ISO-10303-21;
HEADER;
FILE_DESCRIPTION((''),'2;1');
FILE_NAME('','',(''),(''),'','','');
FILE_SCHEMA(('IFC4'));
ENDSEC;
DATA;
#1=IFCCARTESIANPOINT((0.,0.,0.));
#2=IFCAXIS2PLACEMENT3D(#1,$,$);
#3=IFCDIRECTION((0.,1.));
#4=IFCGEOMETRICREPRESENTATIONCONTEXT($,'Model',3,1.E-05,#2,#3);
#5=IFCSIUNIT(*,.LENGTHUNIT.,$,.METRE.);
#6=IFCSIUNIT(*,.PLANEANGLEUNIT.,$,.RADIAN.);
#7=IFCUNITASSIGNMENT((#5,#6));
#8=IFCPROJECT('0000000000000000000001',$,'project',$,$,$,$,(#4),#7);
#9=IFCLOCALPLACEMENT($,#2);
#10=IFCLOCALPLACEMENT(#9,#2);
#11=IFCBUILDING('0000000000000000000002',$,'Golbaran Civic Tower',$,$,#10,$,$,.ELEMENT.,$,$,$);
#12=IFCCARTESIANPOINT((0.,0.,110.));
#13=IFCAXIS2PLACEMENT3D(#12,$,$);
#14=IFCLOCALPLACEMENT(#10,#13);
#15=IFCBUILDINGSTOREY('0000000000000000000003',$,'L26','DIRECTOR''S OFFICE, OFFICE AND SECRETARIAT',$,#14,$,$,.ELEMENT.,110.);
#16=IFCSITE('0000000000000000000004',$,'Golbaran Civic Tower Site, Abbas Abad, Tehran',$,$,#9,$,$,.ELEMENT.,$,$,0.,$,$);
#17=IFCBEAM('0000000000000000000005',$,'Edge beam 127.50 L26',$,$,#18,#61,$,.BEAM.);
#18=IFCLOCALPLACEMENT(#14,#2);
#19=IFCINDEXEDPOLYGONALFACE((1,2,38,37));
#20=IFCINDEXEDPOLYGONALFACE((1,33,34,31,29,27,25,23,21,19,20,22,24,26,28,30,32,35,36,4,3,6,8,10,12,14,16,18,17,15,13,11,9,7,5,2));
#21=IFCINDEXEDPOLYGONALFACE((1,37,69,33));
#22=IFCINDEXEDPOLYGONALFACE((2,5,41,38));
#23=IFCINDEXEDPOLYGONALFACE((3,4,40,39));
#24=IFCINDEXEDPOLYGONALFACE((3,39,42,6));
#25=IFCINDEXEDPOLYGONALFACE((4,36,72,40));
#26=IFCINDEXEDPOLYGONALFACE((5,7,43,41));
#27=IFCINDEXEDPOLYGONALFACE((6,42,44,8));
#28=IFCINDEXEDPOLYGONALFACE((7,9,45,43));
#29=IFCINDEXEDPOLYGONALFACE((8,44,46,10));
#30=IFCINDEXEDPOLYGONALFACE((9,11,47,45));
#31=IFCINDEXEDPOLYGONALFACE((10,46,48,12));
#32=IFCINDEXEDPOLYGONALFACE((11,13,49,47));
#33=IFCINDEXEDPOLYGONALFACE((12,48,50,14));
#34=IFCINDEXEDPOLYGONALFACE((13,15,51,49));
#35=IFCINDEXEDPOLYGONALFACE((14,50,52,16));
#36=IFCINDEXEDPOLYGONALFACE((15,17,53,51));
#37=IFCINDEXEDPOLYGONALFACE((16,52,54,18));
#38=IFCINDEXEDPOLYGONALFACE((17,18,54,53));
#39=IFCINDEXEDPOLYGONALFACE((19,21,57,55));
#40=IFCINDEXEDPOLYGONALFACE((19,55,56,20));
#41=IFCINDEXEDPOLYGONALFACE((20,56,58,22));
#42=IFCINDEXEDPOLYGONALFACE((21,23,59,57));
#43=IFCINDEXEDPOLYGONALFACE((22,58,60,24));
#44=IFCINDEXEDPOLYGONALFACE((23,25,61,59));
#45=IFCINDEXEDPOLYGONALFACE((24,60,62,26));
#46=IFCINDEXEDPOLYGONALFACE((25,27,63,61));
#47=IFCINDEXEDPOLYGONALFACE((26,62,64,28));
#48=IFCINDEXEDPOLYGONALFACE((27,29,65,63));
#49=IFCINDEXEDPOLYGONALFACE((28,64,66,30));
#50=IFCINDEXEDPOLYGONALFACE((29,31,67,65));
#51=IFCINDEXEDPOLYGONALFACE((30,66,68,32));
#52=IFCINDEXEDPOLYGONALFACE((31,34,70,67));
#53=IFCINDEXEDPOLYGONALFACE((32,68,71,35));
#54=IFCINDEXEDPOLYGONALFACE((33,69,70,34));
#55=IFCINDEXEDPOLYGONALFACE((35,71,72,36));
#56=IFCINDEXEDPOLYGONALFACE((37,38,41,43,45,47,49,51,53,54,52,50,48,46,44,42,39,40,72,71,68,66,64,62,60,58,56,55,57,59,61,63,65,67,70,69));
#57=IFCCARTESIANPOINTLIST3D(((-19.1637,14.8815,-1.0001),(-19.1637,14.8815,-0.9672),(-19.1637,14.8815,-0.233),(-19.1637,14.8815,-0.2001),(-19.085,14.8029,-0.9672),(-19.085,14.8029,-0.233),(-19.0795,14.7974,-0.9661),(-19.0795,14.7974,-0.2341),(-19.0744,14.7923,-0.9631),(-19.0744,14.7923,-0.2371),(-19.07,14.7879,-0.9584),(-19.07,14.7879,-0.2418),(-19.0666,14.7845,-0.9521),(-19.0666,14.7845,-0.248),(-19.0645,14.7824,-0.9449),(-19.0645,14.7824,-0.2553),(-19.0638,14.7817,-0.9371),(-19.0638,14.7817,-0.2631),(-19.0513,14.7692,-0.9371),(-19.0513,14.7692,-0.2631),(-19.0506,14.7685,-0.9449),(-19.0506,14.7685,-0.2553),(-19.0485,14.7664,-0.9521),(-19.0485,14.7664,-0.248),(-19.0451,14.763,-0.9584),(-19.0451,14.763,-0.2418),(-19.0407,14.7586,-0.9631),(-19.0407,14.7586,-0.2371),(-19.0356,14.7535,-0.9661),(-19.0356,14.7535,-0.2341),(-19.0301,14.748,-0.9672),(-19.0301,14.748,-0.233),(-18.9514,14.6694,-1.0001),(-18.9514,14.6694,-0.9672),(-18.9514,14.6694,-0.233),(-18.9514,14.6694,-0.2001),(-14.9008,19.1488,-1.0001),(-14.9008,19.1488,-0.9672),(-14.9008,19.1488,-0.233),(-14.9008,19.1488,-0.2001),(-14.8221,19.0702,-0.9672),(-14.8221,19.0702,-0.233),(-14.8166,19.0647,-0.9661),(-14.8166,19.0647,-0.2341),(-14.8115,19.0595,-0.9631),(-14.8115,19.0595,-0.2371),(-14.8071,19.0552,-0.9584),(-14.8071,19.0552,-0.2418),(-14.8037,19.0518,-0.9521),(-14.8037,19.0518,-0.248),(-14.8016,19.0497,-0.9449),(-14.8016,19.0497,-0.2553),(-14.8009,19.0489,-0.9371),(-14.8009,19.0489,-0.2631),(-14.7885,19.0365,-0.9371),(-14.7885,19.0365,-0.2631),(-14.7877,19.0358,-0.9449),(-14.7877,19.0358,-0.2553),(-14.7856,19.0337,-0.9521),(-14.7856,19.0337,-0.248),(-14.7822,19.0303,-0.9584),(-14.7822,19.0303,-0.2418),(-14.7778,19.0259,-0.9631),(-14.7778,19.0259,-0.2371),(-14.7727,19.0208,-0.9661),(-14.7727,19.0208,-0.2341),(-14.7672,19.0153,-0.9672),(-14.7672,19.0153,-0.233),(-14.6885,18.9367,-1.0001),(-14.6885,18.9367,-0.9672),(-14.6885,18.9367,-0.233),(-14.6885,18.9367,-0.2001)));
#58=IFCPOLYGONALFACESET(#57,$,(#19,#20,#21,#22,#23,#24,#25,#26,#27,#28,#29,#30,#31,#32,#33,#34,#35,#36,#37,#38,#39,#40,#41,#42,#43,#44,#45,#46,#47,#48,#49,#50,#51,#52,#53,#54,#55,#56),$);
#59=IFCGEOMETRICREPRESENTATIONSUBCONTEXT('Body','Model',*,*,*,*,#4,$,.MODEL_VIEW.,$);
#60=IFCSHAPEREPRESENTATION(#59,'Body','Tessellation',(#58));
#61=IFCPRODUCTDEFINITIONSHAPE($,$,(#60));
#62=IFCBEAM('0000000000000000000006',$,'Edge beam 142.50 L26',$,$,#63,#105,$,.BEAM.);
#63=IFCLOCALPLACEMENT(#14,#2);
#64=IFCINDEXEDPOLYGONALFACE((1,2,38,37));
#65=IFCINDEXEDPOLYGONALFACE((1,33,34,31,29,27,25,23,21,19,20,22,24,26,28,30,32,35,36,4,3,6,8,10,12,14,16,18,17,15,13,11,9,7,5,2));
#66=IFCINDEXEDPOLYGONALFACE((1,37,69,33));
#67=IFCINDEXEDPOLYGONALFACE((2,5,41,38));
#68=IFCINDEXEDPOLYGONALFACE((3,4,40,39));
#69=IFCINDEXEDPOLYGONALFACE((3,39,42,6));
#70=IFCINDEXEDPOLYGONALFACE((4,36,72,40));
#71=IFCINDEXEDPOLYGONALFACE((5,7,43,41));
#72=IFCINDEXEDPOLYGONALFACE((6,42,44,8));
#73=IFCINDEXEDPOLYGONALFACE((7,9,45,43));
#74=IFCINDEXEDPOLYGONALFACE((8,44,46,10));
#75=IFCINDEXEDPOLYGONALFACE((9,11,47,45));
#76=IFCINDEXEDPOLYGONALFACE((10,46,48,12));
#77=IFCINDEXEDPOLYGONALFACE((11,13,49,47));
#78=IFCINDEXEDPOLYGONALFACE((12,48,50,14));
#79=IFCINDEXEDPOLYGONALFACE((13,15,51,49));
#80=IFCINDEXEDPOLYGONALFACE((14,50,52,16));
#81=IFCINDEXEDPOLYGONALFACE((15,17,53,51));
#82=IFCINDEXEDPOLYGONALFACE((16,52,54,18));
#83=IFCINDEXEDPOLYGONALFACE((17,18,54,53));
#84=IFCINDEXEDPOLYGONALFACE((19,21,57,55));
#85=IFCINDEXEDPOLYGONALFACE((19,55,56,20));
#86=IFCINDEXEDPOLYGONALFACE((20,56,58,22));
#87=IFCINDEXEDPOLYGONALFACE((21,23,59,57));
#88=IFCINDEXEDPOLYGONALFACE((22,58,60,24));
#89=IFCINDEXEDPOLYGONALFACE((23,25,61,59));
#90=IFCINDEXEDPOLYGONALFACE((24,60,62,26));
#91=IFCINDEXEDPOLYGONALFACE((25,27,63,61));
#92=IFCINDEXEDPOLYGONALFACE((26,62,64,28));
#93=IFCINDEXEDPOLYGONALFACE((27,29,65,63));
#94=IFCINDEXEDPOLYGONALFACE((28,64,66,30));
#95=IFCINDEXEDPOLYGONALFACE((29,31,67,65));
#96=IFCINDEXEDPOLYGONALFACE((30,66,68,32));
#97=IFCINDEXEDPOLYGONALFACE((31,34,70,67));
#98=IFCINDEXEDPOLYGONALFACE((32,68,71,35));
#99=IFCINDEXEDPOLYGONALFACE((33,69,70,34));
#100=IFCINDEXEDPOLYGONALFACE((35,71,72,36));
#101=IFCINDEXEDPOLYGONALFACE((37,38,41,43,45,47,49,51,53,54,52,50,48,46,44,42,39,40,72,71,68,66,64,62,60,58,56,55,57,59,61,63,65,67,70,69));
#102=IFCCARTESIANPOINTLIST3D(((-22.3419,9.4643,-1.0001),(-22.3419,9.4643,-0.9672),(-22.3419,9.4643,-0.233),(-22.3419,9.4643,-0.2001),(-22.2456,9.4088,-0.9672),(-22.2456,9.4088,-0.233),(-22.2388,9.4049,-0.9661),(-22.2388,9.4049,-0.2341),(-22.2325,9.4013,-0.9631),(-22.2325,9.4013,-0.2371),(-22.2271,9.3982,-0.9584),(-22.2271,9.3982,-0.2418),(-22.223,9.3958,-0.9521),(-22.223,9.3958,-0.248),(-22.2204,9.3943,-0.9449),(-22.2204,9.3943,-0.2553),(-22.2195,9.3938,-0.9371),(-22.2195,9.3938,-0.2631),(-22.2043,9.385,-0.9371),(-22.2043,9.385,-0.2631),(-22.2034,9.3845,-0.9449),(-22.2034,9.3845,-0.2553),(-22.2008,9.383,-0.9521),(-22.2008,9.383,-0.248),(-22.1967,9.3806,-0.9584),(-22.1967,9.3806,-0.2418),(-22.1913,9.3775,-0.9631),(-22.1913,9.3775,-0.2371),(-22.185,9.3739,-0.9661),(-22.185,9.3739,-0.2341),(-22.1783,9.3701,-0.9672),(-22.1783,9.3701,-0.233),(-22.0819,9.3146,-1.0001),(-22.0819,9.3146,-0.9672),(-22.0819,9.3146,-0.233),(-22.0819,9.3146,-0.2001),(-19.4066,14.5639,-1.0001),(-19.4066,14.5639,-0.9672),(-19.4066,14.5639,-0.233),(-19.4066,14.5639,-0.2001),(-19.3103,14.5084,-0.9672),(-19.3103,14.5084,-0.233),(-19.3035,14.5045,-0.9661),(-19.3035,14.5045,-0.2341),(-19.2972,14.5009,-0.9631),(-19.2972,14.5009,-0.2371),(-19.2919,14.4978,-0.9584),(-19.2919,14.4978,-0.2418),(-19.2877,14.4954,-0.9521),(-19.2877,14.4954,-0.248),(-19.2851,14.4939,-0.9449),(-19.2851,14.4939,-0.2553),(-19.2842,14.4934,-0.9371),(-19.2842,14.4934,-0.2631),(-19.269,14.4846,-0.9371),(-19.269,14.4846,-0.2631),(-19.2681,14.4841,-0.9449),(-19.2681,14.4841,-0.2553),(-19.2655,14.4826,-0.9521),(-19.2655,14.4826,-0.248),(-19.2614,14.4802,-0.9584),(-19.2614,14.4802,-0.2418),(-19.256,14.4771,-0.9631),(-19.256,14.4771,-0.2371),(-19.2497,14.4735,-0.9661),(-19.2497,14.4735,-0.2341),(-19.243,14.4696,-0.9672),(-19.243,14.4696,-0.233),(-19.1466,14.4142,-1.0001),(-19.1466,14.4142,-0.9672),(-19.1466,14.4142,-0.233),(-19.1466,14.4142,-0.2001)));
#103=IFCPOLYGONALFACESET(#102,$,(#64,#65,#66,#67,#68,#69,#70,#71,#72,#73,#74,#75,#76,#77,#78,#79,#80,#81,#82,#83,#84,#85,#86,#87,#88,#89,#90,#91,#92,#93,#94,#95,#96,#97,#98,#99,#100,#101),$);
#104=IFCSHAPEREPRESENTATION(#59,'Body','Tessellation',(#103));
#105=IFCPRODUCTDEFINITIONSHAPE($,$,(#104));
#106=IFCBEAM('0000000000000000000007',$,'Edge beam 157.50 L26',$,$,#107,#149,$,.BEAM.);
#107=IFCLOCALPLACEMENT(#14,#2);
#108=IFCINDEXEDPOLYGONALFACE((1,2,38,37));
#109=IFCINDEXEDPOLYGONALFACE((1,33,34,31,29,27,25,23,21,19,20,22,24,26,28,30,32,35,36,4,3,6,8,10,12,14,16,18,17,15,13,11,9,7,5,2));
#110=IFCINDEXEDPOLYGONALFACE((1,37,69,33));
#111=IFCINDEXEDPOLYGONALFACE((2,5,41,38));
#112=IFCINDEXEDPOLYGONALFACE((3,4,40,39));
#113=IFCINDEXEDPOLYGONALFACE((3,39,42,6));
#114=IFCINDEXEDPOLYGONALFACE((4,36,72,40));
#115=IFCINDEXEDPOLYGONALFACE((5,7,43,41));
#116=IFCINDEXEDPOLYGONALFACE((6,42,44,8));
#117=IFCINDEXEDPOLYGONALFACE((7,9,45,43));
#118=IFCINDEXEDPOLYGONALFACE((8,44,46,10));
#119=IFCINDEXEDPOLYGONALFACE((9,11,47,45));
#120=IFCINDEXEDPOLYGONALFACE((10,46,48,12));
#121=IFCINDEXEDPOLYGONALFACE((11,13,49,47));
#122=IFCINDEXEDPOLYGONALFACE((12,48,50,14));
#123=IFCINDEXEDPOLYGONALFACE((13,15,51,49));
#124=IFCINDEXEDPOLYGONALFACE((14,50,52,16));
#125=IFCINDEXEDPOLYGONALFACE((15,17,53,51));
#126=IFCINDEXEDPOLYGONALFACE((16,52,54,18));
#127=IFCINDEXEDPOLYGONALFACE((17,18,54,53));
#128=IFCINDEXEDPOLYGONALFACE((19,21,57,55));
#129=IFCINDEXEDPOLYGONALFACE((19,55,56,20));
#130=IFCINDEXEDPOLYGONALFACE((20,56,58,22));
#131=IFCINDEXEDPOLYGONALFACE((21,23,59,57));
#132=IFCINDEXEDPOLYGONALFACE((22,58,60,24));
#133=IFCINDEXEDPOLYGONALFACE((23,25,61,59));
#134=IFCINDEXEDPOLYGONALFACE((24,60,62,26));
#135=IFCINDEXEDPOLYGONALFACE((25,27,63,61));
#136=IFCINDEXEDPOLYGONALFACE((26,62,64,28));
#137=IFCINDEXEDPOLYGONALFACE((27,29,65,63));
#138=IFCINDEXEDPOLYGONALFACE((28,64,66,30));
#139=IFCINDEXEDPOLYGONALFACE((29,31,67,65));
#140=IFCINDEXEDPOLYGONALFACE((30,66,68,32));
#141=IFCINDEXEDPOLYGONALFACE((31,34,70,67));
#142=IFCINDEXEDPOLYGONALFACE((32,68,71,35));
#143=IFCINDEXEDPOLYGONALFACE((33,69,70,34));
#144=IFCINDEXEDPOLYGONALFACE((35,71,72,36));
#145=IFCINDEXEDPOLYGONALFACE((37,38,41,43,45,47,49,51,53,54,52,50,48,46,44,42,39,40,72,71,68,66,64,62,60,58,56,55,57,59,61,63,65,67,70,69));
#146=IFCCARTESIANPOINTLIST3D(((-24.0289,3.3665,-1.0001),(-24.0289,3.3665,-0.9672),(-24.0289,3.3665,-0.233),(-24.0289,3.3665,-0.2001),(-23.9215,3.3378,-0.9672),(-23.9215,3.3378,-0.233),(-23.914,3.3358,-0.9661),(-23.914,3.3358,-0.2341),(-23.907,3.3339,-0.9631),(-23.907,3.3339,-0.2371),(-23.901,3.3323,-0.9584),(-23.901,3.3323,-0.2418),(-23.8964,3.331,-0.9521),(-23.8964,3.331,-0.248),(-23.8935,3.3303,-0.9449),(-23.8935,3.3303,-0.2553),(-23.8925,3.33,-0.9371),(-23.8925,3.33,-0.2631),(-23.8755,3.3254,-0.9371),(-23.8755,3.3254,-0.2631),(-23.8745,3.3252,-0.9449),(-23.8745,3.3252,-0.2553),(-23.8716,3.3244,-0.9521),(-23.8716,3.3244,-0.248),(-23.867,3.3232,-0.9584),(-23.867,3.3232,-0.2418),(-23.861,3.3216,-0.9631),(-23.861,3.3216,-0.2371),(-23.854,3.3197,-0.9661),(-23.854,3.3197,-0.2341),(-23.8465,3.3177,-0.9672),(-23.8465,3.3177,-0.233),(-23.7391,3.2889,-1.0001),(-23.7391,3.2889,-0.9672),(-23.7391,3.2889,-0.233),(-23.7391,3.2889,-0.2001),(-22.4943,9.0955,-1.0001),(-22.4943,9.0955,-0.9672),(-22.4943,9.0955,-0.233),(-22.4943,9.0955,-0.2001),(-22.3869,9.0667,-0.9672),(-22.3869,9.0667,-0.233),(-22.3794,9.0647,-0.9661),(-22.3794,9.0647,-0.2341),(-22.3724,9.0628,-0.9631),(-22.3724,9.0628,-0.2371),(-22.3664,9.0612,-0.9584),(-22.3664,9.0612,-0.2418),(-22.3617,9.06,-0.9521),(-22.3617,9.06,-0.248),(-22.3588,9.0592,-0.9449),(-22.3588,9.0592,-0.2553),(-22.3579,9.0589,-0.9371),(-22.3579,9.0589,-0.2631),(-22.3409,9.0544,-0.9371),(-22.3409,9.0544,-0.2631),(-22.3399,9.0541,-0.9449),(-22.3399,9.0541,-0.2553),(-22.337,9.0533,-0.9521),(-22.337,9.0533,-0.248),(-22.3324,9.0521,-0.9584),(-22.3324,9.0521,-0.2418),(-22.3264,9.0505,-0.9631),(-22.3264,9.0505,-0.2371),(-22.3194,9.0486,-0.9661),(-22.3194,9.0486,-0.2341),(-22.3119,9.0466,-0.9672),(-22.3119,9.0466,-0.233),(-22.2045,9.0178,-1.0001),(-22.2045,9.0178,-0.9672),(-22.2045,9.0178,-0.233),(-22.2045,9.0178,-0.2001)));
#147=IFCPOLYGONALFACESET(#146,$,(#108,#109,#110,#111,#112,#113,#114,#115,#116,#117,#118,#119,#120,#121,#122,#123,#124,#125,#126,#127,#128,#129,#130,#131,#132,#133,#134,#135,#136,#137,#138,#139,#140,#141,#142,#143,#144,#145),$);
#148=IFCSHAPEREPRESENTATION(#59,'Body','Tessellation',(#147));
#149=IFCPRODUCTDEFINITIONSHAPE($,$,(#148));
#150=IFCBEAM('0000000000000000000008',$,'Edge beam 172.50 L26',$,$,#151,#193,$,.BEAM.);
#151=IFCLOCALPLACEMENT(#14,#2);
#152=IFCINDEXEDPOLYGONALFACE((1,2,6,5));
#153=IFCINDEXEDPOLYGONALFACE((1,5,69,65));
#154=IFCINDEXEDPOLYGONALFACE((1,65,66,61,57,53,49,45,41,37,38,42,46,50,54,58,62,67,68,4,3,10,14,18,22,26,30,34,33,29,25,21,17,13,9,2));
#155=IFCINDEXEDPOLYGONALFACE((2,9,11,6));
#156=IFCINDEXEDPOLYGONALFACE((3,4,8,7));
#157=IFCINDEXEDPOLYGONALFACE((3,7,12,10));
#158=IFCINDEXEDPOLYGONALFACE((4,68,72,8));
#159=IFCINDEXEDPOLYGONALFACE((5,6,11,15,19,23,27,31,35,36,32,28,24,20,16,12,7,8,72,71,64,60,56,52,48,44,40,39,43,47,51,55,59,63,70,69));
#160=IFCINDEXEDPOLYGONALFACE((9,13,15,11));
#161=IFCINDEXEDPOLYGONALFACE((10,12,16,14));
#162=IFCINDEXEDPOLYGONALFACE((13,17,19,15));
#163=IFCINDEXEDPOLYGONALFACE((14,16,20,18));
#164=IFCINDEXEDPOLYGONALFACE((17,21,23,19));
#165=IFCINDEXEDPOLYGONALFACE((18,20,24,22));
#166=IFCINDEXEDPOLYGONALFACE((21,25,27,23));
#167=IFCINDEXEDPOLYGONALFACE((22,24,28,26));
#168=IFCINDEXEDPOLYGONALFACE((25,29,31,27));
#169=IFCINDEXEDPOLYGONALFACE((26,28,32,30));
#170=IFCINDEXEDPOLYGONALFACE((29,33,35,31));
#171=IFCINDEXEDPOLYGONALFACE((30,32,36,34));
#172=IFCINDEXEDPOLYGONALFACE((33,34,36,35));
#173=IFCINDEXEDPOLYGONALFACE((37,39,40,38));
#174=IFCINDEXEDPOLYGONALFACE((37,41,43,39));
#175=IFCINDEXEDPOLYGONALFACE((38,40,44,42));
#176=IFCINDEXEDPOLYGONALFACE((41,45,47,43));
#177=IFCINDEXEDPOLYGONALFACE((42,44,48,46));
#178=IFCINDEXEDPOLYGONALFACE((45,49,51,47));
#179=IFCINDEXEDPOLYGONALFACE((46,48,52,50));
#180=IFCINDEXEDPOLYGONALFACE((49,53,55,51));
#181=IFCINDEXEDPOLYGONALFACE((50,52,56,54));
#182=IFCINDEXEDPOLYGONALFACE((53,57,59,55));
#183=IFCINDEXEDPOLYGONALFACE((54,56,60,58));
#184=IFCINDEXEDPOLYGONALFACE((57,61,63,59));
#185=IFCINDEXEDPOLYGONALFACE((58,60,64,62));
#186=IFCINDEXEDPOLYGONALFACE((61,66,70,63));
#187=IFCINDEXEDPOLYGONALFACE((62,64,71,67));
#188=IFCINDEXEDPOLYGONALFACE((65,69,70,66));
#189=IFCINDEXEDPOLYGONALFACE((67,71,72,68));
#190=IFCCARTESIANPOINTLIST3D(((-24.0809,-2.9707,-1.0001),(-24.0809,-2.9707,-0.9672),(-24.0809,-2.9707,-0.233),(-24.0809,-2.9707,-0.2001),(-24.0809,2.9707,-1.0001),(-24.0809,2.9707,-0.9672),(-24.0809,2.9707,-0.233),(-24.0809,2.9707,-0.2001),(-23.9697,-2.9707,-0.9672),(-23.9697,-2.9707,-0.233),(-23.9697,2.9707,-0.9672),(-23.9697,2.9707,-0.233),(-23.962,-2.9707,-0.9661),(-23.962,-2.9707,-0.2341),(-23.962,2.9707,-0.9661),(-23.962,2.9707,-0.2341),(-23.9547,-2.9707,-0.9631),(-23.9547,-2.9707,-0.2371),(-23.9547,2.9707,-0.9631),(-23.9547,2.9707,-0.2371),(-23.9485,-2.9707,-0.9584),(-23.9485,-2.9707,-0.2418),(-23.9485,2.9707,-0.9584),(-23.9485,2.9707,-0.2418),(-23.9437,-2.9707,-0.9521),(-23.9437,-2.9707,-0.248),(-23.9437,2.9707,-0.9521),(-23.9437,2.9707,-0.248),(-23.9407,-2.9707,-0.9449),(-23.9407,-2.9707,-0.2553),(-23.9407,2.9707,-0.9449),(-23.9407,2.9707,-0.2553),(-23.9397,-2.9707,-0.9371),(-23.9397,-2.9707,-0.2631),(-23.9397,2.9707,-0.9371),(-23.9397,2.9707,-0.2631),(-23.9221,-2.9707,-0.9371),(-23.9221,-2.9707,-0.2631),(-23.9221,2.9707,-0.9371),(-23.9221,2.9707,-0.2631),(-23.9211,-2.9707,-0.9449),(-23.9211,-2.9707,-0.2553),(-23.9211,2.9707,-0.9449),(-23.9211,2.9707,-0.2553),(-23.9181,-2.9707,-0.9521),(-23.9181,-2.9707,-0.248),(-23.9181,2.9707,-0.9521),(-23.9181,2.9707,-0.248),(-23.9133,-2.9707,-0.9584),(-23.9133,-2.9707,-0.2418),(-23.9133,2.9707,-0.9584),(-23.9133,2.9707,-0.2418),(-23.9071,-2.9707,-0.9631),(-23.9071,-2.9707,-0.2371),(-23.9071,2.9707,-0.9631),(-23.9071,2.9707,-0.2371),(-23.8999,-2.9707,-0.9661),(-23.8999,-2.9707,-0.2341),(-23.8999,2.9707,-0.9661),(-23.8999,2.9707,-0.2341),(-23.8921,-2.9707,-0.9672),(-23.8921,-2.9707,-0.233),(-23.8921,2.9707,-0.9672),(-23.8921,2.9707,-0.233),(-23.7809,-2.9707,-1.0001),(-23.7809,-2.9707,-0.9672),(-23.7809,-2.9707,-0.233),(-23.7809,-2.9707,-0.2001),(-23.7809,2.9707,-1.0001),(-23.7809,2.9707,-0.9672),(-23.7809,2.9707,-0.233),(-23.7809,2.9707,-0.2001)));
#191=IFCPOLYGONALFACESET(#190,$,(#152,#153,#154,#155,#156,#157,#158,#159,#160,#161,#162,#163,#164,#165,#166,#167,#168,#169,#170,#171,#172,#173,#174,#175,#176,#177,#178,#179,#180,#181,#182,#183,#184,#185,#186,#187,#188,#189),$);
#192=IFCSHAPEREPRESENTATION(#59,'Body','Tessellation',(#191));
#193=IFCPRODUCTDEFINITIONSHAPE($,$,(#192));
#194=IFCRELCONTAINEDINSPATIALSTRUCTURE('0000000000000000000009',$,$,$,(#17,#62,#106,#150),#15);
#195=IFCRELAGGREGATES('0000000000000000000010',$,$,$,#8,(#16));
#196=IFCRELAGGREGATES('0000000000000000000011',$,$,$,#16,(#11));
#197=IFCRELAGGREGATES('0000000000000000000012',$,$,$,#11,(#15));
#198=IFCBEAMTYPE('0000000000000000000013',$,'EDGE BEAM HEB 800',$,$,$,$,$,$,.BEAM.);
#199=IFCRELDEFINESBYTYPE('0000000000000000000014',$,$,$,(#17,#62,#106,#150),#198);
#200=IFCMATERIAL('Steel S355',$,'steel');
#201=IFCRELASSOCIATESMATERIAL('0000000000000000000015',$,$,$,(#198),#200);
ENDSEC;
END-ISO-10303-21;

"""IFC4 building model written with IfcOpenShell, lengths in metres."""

from ifc_helpers import new_model, si_unit, direction, frame, origin, origin_2d, place, context, subcontext, project, spatial, i_section, extrude, material, material_profile, profile_set, type_object, element, save


model = new_model("IFC4")

# Units and contexts
model_context = context("Model", 3, precision=1e-05, world=origin(), true_north=direction((0.0, 1.0)))
body_context = subcontext(model_context, "Body", "Model", "MODEL_VIEW")
ifc_project = project(units=[si_unit("LENGTHUNIT", "METRE"), si_unit("PLANEANGLEUNIT", "RADIAN")], contexts=[model_context])

# Site, building, storey
site_placement = place(None, origin())
site = spatial("IfcSite", under=ifc_project, at=site_placement, Name="Golbaran Civic Tower Site, Abbas Abad, Tehran", CompositionType="ELEMENT", RefElevation=0.0)
building_placement = place(site_placement, origin())
building = spatial("IfcBuilding", under=site, at=building_placement, Name="Golbaran Civic Tower", CompositionType="ELEMENT")
storey_placement = place(building_placement, frame((0.0, 0.0, 110.0)))
storey = spatial("IfcBuildingStorey", under=building, at=storey_placement, Name="L26", Description="DIRECTOR'S OFFICE, OFFICE AND SECRETARIAT", CompositionType="ELEMENT", Elevation=110.0)

# Beams
ifc_material_1 = material(Name="Steel S355", Category="steel")
ifc_material_profile_1 = material_profile(ifc_material_1, i_section(OverallWidth=0.3, OverallDepth=0.8, WebThickness=0.0176, FlangeThickness=0.033, FilletRadius=0.03, at=origin_2d()), Name="HEB 800")
ifc_profile_set_1 = profile_set([ifc_material_profile_1], Name="Steel S355")
beam_type_1 = type_object("IfcBeamType", Name="EDGE BEAM HEB 800", PredefinedType="BEAM", material=ifc_profile_set_1)
beam_1_placement = place(storey_placement, frame((-14.7947, 19.0427, -0.6001), z_axis=(-0.706742, -0.707471, 0.0), x_axis=(0.707471, -0.706742, 0.0)))
element("IfcBeam", 1, at=beam_1_placement, inside=storey, type_object=beam_type_1, Name="Edge beam 127.50 L26", PredefinedType="BEAM", context=body_context, shape_type="SweptSolid", body=[
    extrude(i_section(OverallWidth=0.3, OverallDepth=0.8, WebThickness=0.0176, FlangeThickness=0.033, FilletRadius=0.03, at=origin_2d()), origin(), (0.0, 0.0, 1.0), 6.0317),
])
beam_2_placement = place(storey_placement, frame((-19.2766, 14.489, -0.6001), z_axis=(-0.498858, -0.866684, 0.0), x_axis=(0.866684, -0.498858, 0.0)))
element("IfcBeam", 2, at=beam_2_placement, inside=storey, type_object=beam_type_1, Name="Edge beam 142.50 L26", PredefinedType="BEAM", context=body_context, shape_type="SweptSolid", body=[
    extrude(i_section(OverallWidth=0.3, OverallDepth=0.8, WebThickness=0.0176, FlangeThickness=0.033, FilletRadius=0.03, at=origin_2d()), origin(), (0.0, 0.0, 1.0), 5.884),
])
beam_3_placement = place(storey_placement, frame((-22.3494, 9.0566, -0.6001), z_axis=(-0.258754, -0.965943, 0.0), x_axis=(0.965943, -0.258754, 0.0)))
element("IfcBeam", 3, at=beam_3_placement, inside=storey, type_object=beam_type_1, Name="Edge beam 157.50 L26", PredefinedType="BEAM", context=body_context, shape_type="SweptSolid", body=[
    extrude(i_section(OverallWidth=0.3, OverallDepth=0.8, WebThickness=0.0176, FlangeThickness=0.033, FilletRadius=0.03, at=origin_2d()), origin(), (0.0, 0.0, 1.0), 5.9309),
])
beam_4_placement = place(storey_placement, frame((-23.9309, 2.9707, -0.6001), z_axis=(0.0, -1.0, 0.0), x_axis=(1.0, 0.0, 0.0)))
element("IfcBeam", 4, at=beam_4_placement, inside=storey, type_object=beam_type_1, Name="Edge beam 172.50 L26", PredefinedType="BEAM", context=body_context, shape_type="SweptSolid", body=[
    extrude(i_section(OverallWidth=0.3, OverallDepth=0.8, WebThickness=0.0176, FlangeThickness=0.033, FilletRadius=0.03, at=origin_2d()), origin(), (0.0, 0.0, 1.0), 5.9414),
])

save(model, "model.ifc")
